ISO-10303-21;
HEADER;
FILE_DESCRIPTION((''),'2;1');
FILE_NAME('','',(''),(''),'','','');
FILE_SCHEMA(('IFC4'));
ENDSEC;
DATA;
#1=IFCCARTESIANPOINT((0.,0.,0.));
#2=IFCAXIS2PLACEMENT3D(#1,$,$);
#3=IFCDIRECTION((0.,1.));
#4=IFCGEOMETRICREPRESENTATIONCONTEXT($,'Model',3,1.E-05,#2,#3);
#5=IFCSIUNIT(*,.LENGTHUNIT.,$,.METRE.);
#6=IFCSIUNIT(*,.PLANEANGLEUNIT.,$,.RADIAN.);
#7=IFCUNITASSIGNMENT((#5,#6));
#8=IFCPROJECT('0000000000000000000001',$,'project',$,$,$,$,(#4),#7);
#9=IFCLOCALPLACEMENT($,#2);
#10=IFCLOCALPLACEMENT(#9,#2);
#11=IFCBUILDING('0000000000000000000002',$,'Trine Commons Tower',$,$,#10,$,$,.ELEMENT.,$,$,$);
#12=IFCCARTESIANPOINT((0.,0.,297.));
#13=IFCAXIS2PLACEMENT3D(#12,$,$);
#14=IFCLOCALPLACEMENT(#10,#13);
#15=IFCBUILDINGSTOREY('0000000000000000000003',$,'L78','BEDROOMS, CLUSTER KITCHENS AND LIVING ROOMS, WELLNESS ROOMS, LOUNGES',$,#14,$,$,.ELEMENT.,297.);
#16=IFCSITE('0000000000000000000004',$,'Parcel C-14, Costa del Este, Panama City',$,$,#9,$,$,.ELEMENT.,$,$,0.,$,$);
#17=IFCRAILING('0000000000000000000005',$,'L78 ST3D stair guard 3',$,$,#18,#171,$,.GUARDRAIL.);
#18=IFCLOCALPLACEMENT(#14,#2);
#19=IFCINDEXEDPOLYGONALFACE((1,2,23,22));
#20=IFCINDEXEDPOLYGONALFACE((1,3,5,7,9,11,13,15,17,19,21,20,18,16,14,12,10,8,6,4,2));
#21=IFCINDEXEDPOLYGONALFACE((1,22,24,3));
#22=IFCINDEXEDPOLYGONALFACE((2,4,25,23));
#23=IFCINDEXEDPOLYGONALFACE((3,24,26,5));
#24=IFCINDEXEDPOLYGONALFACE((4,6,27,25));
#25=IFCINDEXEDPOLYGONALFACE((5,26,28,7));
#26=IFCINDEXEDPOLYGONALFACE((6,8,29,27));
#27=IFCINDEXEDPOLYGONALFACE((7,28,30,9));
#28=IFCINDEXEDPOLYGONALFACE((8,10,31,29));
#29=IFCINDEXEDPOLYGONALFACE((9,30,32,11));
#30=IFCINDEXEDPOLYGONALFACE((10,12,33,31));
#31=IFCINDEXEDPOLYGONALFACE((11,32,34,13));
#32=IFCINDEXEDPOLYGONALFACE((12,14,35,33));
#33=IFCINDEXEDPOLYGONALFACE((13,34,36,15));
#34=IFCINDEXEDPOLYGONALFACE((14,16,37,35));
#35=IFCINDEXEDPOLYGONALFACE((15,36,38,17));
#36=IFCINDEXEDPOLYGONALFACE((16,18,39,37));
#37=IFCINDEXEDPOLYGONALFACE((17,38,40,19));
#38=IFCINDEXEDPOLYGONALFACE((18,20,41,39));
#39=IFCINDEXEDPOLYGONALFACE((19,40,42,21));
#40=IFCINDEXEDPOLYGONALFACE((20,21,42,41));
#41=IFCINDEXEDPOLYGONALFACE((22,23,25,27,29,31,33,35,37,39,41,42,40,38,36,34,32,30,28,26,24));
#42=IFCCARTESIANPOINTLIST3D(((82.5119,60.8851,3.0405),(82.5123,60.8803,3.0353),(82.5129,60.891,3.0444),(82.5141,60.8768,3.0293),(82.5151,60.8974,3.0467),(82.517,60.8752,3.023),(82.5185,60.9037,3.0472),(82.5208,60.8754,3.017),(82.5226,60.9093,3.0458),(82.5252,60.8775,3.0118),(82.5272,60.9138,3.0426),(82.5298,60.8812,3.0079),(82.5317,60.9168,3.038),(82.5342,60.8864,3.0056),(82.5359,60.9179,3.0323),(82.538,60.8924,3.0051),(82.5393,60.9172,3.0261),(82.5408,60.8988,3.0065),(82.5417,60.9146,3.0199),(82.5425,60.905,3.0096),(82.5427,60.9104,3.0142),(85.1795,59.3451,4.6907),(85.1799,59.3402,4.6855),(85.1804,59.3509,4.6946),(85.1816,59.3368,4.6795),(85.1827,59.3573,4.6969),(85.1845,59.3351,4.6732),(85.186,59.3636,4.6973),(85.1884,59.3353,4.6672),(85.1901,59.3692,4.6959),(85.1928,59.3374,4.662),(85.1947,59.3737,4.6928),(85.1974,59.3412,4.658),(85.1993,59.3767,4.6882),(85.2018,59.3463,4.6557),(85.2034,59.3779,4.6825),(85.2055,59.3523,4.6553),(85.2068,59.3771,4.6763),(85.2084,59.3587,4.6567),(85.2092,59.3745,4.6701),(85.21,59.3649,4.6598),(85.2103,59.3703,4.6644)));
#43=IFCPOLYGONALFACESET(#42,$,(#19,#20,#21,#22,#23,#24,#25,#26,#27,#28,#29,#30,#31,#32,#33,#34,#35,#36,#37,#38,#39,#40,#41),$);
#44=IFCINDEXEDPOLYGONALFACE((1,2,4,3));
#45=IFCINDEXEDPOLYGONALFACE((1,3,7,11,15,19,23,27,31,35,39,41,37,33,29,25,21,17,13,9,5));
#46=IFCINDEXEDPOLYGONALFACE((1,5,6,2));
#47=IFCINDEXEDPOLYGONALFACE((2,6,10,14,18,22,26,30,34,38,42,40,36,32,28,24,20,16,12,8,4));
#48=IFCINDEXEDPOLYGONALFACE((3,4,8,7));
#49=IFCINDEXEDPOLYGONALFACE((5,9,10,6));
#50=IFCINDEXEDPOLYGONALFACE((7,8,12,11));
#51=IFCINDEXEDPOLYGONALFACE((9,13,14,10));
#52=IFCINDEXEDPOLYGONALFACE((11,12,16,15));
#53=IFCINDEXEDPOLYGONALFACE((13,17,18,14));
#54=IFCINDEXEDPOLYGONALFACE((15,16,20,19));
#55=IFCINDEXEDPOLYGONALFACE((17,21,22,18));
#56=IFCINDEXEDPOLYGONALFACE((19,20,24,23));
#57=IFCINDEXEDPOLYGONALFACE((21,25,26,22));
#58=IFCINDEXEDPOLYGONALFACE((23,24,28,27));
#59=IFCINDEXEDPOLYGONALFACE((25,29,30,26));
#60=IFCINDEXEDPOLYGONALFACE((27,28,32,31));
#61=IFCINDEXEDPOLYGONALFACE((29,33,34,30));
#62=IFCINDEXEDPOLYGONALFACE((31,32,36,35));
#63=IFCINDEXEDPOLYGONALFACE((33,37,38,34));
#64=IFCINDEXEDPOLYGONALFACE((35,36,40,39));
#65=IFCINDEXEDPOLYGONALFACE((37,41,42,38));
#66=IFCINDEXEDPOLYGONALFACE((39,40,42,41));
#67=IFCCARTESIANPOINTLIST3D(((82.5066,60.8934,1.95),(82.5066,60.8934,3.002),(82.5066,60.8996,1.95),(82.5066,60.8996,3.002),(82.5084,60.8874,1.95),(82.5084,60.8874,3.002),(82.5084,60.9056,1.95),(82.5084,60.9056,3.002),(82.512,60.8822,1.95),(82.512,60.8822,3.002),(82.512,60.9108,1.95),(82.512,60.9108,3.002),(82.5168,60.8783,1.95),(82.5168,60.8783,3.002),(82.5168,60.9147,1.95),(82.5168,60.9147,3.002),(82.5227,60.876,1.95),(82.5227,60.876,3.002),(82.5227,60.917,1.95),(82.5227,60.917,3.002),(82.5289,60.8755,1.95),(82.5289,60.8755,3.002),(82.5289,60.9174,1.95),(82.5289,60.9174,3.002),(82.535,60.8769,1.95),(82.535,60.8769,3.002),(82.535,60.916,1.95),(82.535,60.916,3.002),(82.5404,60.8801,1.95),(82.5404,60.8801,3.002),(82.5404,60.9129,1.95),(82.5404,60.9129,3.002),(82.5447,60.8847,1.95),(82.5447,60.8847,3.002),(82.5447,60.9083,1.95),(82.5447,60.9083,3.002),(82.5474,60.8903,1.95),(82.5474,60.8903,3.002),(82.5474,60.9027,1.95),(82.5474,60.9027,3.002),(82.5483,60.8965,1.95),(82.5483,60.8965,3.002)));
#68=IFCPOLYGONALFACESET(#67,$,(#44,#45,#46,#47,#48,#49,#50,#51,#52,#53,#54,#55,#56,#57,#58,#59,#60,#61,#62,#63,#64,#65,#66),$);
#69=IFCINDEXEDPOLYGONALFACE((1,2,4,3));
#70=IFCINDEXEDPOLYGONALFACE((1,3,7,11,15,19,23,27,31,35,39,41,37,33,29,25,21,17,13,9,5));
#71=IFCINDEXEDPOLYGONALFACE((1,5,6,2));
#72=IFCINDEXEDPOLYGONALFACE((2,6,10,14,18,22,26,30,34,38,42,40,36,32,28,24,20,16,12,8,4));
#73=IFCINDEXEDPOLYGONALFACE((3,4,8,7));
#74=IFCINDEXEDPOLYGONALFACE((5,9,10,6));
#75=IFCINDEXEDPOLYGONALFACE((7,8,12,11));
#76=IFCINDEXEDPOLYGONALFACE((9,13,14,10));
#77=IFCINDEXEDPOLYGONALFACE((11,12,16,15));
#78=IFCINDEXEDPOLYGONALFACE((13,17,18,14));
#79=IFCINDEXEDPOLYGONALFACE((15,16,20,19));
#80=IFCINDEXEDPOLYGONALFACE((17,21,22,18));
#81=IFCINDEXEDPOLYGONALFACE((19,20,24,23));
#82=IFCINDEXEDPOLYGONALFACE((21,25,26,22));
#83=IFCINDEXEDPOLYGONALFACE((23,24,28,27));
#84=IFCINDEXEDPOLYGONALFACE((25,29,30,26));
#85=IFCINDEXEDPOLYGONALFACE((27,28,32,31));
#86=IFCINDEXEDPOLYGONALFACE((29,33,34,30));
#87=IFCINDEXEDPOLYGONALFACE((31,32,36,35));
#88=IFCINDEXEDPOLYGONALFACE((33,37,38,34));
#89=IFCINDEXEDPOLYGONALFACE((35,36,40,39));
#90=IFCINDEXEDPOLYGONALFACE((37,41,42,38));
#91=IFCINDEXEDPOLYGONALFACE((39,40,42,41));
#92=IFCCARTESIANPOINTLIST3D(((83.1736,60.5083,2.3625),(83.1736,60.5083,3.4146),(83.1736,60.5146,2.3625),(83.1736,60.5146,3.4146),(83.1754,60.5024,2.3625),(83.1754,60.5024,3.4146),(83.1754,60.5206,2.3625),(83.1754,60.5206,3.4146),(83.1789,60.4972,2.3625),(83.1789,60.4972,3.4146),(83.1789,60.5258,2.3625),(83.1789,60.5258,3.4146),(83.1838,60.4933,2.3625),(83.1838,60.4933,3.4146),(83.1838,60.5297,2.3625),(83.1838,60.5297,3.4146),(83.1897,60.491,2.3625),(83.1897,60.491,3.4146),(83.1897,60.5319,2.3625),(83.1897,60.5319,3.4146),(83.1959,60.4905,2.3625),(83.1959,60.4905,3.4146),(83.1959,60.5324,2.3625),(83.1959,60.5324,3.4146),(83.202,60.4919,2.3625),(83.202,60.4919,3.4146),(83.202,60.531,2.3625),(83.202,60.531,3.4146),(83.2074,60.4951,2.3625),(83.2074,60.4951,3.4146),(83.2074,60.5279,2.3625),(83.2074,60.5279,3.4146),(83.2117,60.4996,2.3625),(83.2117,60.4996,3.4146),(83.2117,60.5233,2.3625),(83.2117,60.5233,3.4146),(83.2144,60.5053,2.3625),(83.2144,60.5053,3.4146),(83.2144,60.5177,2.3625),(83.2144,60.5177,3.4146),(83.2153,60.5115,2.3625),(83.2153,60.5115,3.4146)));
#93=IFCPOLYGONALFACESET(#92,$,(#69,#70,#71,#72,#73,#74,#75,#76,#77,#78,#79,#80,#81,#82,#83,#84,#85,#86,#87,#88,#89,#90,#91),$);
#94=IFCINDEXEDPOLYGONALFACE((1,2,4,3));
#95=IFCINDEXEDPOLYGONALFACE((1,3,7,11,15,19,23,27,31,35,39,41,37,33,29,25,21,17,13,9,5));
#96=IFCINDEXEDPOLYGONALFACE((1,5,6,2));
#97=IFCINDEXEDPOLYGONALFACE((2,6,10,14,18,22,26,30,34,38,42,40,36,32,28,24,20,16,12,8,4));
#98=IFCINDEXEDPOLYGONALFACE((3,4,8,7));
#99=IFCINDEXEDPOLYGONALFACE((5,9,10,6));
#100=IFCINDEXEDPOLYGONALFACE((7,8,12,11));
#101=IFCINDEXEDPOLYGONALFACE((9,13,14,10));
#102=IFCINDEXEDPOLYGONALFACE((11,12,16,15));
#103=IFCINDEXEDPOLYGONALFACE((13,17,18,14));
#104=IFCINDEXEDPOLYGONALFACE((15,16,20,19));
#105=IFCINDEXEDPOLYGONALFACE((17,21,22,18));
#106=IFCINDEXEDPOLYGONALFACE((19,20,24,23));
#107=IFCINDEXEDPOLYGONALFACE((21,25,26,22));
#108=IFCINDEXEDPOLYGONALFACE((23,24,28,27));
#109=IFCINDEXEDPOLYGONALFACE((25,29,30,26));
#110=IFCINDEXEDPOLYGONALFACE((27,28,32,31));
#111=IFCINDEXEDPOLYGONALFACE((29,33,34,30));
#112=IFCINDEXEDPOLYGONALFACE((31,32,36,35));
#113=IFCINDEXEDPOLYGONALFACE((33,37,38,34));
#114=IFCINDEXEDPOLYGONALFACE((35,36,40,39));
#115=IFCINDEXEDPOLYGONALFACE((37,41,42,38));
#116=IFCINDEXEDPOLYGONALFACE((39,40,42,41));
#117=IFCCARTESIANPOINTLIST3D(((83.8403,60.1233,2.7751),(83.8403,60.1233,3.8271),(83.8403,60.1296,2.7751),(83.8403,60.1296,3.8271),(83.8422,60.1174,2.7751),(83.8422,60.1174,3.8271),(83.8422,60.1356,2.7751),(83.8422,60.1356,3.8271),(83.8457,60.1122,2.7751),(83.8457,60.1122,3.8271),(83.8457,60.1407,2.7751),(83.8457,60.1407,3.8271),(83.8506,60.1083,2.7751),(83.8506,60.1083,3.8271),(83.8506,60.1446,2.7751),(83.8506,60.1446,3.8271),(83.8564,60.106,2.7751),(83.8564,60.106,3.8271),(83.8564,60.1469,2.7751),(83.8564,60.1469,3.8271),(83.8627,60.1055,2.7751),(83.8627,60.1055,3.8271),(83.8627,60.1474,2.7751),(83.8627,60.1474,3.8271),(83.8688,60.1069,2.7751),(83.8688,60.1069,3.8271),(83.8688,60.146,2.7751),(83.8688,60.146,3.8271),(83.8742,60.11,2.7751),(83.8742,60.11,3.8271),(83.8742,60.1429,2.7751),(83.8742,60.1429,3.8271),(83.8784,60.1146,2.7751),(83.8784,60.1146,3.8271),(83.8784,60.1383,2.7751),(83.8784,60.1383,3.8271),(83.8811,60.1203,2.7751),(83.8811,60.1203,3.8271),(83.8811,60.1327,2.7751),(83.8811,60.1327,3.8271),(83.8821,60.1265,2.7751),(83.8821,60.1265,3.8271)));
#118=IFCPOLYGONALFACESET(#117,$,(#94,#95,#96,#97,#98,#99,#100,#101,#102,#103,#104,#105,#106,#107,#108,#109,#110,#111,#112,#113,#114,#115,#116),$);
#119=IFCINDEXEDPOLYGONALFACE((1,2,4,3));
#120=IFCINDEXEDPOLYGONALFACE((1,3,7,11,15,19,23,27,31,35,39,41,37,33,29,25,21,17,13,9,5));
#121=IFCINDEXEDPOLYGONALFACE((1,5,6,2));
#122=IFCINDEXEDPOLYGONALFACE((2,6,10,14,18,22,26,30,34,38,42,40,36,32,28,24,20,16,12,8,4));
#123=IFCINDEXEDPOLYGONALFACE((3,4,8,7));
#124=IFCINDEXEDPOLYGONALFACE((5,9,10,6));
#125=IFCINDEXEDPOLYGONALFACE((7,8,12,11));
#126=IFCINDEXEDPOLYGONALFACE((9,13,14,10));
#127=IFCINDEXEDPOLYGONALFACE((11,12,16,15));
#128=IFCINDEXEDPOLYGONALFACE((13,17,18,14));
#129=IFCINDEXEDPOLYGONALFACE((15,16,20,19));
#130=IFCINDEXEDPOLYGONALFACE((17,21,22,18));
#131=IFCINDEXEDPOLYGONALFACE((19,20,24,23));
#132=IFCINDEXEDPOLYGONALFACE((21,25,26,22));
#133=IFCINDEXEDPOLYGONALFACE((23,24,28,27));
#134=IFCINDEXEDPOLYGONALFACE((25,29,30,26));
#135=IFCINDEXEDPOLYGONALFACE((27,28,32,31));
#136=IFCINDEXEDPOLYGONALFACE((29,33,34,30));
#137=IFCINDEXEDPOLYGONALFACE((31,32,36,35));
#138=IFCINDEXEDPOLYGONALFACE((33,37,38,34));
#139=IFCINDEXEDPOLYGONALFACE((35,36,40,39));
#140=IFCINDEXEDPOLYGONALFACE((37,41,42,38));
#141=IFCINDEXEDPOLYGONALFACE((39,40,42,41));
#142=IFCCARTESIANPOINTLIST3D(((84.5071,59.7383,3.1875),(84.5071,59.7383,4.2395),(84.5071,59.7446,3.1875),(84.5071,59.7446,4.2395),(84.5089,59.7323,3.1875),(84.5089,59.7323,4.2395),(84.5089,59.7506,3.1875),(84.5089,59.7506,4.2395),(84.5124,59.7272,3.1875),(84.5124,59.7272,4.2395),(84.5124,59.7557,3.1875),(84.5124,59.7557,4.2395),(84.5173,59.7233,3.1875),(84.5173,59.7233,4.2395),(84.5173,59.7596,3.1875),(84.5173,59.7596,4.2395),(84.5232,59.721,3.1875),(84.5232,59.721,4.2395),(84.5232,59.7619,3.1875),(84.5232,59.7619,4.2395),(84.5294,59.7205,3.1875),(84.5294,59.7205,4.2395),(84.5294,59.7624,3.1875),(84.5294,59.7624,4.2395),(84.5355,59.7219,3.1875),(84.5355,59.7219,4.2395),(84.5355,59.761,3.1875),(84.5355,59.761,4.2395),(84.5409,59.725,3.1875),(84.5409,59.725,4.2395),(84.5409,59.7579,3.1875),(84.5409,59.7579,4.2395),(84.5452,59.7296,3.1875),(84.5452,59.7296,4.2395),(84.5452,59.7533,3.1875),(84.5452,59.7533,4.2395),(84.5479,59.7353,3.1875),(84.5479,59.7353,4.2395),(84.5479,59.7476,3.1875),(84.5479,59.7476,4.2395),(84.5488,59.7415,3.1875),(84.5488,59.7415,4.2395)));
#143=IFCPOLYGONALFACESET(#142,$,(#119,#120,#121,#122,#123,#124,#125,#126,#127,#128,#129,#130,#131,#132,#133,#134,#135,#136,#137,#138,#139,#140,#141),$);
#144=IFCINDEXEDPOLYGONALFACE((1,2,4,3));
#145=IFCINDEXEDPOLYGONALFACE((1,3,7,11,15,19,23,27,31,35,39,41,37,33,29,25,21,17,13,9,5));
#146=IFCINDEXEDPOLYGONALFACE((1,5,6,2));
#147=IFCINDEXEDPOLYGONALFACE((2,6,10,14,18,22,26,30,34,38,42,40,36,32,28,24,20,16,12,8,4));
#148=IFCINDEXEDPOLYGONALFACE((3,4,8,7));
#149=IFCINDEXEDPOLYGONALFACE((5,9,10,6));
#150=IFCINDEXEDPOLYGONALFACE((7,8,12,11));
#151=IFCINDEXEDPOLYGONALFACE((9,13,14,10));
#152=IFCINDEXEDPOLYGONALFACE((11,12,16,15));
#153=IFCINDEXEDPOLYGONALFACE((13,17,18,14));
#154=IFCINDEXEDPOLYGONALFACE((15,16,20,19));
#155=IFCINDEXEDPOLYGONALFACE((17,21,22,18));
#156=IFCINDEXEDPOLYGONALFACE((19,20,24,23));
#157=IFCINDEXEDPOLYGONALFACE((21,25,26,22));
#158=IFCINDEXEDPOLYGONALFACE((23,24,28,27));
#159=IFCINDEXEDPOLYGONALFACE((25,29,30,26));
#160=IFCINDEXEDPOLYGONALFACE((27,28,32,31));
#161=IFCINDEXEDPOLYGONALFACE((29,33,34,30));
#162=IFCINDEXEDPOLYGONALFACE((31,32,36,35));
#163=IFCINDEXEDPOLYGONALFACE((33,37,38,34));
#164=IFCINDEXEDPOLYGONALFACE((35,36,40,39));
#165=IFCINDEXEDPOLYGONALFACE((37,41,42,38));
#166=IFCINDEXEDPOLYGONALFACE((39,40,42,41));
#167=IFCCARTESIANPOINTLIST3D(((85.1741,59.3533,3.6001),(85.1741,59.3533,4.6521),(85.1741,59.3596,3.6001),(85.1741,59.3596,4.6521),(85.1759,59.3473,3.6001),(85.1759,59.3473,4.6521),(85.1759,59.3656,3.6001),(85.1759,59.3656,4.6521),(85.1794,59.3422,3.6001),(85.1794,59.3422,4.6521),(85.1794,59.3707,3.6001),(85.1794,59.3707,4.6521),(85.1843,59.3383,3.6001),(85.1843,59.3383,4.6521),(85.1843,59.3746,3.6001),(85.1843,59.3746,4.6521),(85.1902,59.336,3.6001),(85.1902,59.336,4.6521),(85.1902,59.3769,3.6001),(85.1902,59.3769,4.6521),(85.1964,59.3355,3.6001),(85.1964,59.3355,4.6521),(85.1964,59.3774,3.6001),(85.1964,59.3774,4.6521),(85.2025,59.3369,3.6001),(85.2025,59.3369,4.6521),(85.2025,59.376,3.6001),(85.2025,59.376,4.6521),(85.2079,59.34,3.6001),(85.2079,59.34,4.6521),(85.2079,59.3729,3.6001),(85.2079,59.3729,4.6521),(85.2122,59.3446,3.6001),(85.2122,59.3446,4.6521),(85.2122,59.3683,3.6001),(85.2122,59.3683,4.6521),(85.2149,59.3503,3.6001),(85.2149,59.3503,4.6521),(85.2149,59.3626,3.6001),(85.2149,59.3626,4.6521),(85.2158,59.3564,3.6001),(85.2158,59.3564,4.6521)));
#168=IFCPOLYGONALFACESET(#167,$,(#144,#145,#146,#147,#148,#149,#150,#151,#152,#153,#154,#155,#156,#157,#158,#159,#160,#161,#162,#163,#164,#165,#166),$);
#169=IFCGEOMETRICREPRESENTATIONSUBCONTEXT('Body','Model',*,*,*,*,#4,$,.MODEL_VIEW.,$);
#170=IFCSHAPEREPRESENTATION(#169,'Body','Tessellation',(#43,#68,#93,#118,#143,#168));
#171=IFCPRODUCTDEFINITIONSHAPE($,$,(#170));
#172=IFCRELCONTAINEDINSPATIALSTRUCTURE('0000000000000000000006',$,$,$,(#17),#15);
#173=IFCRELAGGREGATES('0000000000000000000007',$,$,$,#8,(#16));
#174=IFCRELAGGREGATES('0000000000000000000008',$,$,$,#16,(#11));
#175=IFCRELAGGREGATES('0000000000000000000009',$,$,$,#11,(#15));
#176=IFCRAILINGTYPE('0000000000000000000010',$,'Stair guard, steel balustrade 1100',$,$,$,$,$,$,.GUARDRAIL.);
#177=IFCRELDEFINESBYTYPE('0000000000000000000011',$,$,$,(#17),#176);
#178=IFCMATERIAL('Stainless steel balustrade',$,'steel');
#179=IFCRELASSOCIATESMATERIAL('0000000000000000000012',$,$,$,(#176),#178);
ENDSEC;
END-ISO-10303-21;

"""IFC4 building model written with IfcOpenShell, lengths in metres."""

from ifc_helpers import new_model, si_unit, direction, frame, origin, origin_2d, place, context, subcontext, project, spatial, circle, extrude, material, type_object, element, save


model = new_model("IFC4")

# Units and contexts
model_context = context("Model", 3, precision=1e-05, world=origin(), true_north=direction((0.0, 1.0)))
body_context = subcontext(model_context, "Body", "Model", "MODEL_VIEW")
ifc_project = project(units=[si_unit("LENGTHUNIT", "METRE"), si_unit("PLANEANGLEUNIT", "RADIAN")], contexts=[model_context])

# Site, building, storey
site_placement = place(None, origin())
site = spatial("IfcSite", under=ifc_project, at=site_placement, Name="Parcel C-14, Costa del Este, Panama City", CompositionType="ELEMENT", RefElevation=0.0)
building_placement = place(site_placement, origin())
building = spatial("IfcBuilding", under=site, at=building_placement, Name="Trine Commons Tower", CompositionType="ELEMENT")
storey_placement = place(building_placement, frame((0.0, 0.0, 297.0)))
storey = spatial("IfcBuildingStorey", under=building, at=storey_placement, Name="L78", Description="BEDROOMS, CLUSTER KITCHENS AND LIVING ROOMS, WELLNESS ROOMS, LOUNGES", CompositionType="ELEMENT", Elevation=297.0)

# Railing
ifc_material_1 = material(Name="Stainless steel balustrade", Category="steel")
railing_type_1 = type_object("IfcRailingType", Name="Stair guard, steel balustrade 1100", PredefinedType="GUARDRAIL", material=ifc_material_1)
railing_1_placement = place(storey_placement, frame((82.5273, 60.8965, 1.95)))
element("IfcRailing", 1, at=railing_1_placement, inside=storey, type_object=railing_type_1, Name="L78 ST3D stair guard 3", PredefinedType="GUARDRAIL", context=body_context, shape_type="SweptSolid", body=[
    extrude(circle(Radius=0.0239, at=origin_2d()), frame((0.0, 0.0, 1.0762), z_axis=(0.76338, -0.440728, 0.472239), x_axis=(0.499992, 0.86603, 0.0)), (0.0, 0.0, 1.0), 3.4944),
    extrude(circle(Radius=0.021, at=origin_2d()), origin(), (0.0, 0.0, 1.0), 1.052),
    extrude(circle(Radius=0.021, at=origin_2d()), frame((0.667, -0.385, 0.4126)), (0.0, 0.0, 1.0), 1.052),
    extrude(circle(Radius=0.021, at=origin_2d()), frame((1.3337, -0.77, 0.8252)), (0.0, 0.0, 1.0), 1.052),
    extrude(circle(Radius=0.021, at=origin_2d()), frame((2.0005, -1.155, 1.2375)), (0.0, 0.0, 1.0), 1.052),
    extrude(circle(Radius=0.021, at=origin_2d()), frame((2.6675, -1.54, 1.6501)), (0.0, 0.0, 1.0), 1.052),
])

save(model, "model.ifc")
